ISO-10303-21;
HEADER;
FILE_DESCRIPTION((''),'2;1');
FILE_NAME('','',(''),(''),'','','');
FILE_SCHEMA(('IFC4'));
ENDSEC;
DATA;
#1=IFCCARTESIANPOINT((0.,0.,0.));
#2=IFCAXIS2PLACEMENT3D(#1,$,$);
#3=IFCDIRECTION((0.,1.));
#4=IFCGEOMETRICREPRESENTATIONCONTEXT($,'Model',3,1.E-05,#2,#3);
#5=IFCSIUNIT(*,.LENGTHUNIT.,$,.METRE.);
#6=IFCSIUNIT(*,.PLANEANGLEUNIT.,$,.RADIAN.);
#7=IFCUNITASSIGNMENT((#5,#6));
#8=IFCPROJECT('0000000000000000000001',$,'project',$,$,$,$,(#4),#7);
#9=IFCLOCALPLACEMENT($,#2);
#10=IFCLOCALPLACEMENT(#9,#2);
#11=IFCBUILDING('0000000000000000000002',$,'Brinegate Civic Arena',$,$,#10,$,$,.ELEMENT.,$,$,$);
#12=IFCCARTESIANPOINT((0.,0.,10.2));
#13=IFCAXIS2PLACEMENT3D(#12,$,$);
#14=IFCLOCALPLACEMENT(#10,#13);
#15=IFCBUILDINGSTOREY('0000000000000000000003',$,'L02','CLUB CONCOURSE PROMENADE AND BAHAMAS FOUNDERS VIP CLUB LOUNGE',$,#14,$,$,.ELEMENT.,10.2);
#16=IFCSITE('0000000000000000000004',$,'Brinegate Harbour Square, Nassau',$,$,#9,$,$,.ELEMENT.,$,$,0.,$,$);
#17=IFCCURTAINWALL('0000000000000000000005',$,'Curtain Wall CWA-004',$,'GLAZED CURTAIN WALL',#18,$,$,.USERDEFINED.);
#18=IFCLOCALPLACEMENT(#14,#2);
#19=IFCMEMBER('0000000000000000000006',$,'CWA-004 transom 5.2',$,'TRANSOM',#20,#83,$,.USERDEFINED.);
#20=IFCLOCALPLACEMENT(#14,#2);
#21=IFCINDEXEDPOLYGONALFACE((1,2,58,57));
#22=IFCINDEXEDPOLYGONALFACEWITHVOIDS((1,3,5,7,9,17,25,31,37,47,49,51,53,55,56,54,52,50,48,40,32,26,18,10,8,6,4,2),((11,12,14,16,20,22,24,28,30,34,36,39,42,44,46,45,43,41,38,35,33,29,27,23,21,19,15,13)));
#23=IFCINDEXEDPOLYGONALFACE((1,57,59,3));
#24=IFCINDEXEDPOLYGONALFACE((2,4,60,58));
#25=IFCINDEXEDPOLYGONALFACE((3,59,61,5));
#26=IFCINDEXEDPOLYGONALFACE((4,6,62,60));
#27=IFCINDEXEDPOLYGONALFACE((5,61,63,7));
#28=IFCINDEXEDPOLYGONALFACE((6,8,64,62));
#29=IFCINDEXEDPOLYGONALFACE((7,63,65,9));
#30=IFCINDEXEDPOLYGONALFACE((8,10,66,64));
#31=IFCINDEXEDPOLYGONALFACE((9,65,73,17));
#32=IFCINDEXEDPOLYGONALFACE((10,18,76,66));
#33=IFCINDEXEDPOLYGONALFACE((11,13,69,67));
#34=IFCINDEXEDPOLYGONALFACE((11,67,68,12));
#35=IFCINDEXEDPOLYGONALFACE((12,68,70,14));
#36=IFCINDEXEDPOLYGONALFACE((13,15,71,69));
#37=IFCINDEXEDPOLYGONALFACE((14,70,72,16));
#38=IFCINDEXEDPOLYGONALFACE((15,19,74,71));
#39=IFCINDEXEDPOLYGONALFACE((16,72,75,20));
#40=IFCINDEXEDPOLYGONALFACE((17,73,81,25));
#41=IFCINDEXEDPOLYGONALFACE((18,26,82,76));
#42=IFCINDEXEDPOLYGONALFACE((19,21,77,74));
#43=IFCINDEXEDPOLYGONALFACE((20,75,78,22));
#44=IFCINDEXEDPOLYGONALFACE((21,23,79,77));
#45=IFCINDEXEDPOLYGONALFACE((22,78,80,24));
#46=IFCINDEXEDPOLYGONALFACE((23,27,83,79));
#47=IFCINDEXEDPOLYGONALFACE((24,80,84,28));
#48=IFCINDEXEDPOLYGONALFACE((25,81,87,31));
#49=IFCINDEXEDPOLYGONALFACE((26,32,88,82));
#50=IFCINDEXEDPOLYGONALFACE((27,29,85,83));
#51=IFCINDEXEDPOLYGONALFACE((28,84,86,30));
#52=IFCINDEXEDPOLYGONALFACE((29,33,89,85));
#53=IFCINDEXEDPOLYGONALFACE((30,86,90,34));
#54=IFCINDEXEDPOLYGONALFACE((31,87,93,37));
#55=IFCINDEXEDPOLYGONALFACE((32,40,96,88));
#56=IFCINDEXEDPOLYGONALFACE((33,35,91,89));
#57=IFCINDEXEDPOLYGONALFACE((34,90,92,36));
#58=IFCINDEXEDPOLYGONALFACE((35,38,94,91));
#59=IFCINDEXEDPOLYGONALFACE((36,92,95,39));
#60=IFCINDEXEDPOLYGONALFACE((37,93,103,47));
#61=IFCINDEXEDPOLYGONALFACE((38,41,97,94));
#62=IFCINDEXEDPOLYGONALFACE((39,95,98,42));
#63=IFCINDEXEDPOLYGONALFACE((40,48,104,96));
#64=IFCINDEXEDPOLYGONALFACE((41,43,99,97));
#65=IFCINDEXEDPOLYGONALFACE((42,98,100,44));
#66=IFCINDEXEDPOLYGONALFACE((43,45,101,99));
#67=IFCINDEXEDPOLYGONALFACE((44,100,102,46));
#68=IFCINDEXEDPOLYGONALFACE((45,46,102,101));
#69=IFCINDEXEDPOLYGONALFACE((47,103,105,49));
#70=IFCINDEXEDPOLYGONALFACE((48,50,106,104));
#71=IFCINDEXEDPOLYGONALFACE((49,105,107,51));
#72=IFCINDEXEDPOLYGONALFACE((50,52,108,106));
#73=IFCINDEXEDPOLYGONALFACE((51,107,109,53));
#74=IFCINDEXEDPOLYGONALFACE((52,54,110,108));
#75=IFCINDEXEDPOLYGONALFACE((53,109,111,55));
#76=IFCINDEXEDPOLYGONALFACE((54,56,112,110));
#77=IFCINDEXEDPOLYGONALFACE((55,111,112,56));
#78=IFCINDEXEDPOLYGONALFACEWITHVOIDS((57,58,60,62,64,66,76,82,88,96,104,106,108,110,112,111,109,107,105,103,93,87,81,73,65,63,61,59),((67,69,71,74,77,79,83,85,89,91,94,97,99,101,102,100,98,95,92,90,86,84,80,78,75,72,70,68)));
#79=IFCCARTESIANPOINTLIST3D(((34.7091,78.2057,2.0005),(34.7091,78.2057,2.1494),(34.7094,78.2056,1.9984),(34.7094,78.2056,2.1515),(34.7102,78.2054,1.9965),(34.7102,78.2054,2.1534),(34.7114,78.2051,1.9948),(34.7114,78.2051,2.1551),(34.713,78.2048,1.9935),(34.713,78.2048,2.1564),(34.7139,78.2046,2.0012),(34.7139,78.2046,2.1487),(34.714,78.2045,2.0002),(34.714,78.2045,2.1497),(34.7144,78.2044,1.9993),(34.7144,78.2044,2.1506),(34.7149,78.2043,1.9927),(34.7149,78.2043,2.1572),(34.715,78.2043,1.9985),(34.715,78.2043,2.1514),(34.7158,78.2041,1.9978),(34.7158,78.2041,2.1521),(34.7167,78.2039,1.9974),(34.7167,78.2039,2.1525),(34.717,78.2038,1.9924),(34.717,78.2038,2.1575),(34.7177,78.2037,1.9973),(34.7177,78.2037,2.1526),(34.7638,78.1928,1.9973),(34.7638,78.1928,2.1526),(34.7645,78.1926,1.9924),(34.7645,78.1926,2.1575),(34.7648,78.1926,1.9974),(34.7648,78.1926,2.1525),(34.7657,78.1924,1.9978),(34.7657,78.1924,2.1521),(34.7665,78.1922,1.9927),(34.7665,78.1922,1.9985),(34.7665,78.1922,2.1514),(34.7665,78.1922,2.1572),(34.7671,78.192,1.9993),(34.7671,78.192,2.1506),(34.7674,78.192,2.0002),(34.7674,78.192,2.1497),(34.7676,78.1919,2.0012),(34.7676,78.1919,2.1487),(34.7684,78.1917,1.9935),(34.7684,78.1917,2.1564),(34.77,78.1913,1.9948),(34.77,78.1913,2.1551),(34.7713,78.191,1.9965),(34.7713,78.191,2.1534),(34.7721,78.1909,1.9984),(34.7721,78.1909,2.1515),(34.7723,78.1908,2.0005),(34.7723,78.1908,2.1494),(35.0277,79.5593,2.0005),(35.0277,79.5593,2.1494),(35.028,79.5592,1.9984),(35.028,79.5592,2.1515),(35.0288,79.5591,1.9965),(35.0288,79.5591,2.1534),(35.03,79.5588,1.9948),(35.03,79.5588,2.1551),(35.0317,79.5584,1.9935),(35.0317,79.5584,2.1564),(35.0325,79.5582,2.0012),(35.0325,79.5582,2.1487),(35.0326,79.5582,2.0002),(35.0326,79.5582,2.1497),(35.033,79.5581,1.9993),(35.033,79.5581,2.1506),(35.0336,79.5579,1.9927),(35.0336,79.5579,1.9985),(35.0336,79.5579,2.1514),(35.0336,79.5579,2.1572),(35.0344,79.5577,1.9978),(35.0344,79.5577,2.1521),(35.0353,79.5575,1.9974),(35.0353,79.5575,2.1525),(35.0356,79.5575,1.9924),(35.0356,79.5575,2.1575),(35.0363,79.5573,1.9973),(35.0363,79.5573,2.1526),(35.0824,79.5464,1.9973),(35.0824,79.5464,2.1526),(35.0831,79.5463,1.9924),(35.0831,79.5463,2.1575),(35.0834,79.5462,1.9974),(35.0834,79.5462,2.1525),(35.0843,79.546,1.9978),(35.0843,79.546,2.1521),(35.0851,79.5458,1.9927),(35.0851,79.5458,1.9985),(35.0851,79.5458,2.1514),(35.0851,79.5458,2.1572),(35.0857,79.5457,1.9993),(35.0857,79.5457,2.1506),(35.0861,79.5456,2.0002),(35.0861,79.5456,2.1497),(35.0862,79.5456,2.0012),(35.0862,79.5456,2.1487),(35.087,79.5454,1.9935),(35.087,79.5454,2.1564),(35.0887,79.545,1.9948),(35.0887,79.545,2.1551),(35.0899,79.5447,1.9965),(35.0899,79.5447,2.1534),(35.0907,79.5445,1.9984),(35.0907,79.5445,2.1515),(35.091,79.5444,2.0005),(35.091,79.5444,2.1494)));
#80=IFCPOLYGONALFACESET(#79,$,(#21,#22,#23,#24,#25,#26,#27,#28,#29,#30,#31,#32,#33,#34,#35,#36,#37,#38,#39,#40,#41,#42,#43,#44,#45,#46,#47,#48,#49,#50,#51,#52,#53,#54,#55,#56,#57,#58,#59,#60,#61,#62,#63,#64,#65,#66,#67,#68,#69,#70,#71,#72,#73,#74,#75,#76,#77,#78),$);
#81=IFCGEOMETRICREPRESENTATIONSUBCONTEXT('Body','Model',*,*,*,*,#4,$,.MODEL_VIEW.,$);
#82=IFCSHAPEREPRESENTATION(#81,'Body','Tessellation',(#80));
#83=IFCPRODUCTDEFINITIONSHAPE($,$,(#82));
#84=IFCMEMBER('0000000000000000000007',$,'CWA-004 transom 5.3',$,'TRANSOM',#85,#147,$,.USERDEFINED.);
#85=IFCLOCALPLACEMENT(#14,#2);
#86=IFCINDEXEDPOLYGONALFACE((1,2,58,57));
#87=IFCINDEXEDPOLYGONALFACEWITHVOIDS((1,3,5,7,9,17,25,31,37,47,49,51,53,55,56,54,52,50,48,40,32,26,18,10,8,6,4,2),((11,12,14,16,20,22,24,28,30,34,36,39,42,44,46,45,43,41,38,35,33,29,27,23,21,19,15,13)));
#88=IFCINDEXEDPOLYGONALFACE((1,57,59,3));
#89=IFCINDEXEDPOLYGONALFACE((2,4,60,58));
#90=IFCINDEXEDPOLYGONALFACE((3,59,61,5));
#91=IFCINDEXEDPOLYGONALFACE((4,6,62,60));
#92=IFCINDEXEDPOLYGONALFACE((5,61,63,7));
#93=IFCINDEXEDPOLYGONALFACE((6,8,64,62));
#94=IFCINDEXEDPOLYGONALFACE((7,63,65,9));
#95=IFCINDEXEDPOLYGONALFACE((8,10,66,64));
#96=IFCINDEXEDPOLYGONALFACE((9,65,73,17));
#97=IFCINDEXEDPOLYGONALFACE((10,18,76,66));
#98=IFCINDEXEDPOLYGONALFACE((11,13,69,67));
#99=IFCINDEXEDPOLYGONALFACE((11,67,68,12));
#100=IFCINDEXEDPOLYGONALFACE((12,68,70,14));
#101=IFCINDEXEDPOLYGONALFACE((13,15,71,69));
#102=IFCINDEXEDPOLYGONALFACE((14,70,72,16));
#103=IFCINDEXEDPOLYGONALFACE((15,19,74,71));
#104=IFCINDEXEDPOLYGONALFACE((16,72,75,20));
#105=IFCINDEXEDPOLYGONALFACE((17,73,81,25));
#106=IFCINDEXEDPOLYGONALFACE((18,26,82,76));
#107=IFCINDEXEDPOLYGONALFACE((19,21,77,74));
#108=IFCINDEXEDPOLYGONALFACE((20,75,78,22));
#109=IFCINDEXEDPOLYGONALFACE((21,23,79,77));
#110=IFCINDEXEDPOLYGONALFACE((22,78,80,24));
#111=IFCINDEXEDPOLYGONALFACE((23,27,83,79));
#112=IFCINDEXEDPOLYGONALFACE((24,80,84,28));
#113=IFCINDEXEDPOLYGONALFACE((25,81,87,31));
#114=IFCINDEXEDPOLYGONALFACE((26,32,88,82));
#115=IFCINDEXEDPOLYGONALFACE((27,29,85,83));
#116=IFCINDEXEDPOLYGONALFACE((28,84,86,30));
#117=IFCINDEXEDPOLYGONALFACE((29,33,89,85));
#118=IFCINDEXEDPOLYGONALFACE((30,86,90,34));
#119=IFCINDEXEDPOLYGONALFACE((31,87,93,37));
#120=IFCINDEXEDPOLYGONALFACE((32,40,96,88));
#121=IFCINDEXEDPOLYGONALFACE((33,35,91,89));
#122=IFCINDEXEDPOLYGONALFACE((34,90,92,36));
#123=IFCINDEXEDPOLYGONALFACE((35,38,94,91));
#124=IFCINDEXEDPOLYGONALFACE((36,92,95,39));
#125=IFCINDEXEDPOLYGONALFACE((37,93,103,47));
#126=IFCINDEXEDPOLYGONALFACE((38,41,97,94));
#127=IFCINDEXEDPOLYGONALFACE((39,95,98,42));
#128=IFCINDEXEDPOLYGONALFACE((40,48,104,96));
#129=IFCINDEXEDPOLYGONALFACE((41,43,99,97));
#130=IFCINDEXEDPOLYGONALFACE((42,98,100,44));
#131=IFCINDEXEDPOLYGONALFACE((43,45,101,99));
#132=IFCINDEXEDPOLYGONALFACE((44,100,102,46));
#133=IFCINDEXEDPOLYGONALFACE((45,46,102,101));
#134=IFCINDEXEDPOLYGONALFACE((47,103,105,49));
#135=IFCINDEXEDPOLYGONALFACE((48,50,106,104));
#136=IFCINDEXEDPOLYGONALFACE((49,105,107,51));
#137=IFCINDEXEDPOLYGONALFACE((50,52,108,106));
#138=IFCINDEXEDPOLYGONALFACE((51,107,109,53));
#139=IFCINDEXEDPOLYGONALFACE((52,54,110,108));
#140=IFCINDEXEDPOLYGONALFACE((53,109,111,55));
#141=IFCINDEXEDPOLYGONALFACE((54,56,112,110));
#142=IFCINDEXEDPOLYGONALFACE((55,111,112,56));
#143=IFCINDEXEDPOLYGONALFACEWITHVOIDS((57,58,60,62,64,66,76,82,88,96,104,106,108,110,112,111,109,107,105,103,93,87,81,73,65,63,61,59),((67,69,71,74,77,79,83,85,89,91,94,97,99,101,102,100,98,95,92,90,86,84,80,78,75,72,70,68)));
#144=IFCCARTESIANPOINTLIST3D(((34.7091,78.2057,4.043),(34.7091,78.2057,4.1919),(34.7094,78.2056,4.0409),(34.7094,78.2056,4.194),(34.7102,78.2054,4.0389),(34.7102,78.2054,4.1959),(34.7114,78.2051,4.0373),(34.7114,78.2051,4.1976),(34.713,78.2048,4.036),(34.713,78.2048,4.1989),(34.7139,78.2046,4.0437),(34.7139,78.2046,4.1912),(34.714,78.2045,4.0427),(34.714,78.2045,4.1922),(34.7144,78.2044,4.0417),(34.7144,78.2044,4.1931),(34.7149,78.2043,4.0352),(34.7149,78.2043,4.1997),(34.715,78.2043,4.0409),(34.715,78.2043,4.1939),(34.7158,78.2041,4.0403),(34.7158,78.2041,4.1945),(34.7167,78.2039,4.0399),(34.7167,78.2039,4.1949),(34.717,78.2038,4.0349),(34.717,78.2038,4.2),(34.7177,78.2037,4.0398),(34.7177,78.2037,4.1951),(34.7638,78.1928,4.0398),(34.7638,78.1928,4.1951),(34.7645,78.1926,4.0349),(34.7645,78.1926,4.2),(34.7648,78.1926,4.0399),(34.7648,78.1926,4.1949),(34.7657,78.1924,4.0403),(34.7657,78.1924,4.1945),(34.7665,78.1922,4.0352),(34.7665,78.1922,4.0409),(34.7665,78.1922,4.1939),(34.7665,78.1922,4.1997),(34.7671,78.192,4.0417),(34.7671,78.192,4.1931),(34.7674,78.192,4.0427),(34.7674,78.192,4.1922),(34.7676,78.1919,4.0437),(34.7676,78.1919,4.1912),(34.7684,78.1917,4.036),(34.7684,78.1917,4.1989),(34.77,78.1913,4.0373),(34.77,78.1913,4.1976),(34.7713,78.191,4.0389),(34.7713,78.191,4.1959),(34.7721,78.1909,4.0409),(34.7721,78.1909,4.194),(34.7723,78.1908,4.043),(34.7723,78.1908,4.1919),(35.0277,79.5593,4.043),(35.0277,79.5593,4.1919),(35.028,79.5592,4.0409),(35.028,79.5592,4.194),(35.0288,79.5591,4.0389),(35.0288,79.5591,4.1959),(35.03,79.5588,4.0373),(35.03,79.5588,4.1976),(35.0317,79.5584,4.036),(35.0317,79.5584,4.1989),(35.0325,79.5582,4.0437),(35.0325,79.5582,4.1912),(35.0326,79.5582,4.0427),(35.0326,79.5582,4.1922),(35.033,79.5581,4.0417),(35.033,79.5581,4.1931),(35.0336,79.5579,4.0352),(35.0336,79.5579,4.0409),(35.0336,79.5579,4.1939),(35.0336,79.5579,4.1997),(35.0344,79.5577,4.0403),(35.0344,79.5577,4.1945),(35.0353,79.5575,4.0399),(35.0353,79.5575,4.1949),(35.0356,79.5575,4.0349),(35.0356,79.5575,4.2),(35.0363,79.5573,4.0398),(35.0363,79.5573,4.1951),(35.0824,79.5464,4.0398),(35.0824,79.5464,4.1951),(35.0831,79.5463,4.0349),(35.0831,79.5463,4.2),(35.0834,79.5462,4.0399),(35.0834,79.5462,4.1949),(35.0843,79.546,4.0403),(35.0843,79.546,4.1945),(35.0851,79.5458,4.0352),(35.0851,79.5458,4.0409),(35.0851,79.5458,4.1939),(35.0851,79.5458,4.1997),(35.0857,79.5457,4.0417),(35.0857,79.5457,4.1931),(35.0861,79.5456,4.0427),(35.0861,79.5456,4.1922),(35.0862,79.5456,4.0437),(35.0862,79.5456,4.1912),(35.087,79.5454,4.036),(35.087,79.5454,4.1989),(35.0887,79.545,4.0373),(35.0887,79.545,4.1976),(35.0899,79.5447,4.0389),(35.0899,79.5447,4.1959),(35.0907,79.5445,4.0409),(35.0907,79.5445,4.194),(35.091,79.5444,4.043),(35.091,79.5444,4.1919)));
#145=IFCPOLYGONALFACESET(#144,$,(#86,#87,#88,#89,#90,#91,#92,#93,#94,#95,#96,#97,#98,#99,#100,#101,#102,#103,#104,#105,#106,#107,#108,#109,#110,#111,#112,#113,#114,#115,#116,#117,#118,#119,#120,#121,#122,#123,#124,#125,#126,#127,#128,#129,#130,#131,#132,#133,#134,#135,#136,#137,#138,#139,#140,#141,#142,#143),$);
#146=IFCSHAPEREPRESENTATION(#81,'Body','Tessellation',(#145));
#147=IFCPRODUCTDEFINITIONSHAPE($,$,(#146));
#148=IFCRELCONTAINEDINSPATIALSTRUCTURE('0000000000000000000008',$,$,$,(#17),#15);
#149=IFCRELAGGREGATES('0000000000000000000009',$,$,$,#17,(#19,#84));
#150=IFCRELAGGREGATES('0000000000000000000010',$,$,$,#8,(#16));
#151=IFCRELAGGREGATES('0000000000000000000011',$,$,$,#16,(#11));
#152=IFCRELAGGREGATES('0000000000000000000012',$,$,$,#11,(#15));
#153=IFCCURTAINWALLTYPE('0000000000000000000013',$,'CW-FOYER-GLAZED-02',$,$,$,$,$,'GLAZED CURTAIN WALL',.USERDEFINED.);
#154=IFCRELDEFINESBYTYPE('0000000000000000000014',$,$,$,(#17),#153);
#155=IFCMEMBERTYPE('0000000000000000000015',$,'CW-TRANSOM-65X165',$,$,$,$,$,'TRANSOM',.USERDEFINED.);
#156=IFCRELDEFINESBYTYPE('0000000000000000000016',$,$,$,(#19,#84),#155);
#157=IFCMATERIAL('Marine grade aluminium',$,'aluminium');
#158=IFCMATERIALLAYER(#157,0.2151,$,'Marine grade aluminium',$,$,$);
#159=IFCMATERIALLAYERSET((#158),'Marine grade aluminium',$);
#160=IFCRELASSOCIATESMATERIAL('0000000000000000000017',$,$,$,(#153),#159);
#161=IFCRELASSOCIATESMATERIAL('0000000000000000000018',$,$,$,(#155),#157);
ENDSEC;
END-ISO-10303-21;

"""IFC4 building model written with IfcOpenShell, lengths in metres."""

from ifc_helpers import new_model, si_unit, direction, frame, origin, origin_2d, place, context, subcontext, project, spatial, hollow_rectangle, extrude, material, layer, layer_set, material_profile, profile_set, type_object, element, aggregate, save


model = new_model("IFC4")

# Units and contexts
model_context = context("Model", 3, precision=1e-05, world=origin(), true_north=direction((0.0, 1.0)))
body_context = subcontext(model_context, "Body", "Model", "MODEL_VIEW")
ifc_project = project(units=[si_unit("LENGTHUNIT", "METRE"), si_unit("PLANEANGLEUNIT", "RADIAN")], contexts=[model_context])

# Site, building, storey
site_placement = place(None, origin())
site = spatial("IfcSite", under=ifc_project, at=site_placement, Name="Brinegate Harbour Square, Nassau", CompositionType="ELEMENT", RefElevation=0.0)
building_placement = place(site_placement, origin())
building = spatial("IfcBuilding", under=site, at=building_placement, Name="Brinegate Civic Arena", CompositionType="ELEMENT")
storey_placement = place(building_placement, frame((0.0, 0.0, 10.2)))
storey = spatial("IfcBuildingStorey", under=building, at=storey_placement, Name="L02", Description="CLUB CONCOURSE PROMENADE AND BAHAMAS FOUNDERS VIP CLUB LOUNGE", CompositionType="ELEMENT", Elevation=10.2)

# Curtain wall, members
ifc_material_1 = material(Name="Marine grade aluminium", Category="aluminium")
ifc_layer_1 = layer(ifc_material_1, 0.2151, Name="Marine grade aluminium")
ifc_layer_set_1 = layer_set([ifc_layer_1], Name="Marine grade aluminium")
curtain_wall_type = type_object("IfcCurtainWallType", Name="CW-FOYER-GLAZED-02", ElementType="GLAZED CURTAIN WALL", PredefinedType="USERDEFINED", material=ifc_layer_set_1)
curtain_wall_placement = place(storey_placement, origin())
curtain_wall = element("IfcCurtainWall", 1, at=curtain_wall_placement, inside=storey, type_object=curtain_wall_type, Name="Curtain Wall CWA-004", ObjectType="GLAZED CURTAIN WALL", PredefinedType="USERDEFINED")
ifc_material_profile_1 = material_profile(ifc_material_1, hollow_rectangle(XDim=0.0649, YDim=0.165, WallThickness=0.0049, InnerFilletRadius=0.0039, OuterFilletRadius=0.0081, at=origin_2d()), Name="TRN65X165")
ifc_profile_set_1 = profile_set([ifc_material_profile_1], Name="Marine grade aluminium")
member_type_1 = type_object("IfcMemberType", Name="CW-TRANSOM-65X165", ElementType="TRANSOM", PredefinedType="USERDEFINED", material=ifc_profile_set_1)
member_1_placement = place(storey_placement, frame((34.7407, 78.1982, 2.075), z_axis=(0.229127, 0.973396, 0.0), x_axis=(-0.973396, 0.229127, 0.0)))
member_1 = element("IfcMember", 2, at=member_1_placement, type_object=member_type_1, Name="CWA-004 transom 5.2", ObjectType="TRANSOM", PredefinedType="USERDEFINED", context=body_context, shape_type="SweptSolid", body=[
    extrude(hollow_rectangle(XDim=0.0649, YDim=0.165, WallThickness=0.0049, InnerFilletRadius=0.0039, OuterFilletRadius=0.0081, at=origin_2d()), origin(), (0.0, 0.0, 1.0), 1.3906),
])
member_2_placement = place(storey_placement, frame((34.7407, 78.1982, 4.1174), z_axis=(0.229127, 0.973396, 0.0), x_axis=(-0.973396, 0.229127, 0.0)))
member_2 = element("IfcMember", 3, at=member_2_placement, type_object=member_type_1, Name="CWA-004 transom 5.3", ObjectType="TRANSOM", PredefinedType="USERDEFINED", context=body_context, shape_type="SweptSolid", body=[
    extrude(hollow_rectangle(XDim=0.0649, YDim=0.165, WallThickness=0.0049, InnerFilletRadius=0.0039, OuterFilletRadius=0.0081, at=origin_2d()), origin(), (0.0, 0.0, 1.0), 1.3906),
])

aggregate(curtain_wall, [member_1, member_2])

save(model, "model.ifc")
